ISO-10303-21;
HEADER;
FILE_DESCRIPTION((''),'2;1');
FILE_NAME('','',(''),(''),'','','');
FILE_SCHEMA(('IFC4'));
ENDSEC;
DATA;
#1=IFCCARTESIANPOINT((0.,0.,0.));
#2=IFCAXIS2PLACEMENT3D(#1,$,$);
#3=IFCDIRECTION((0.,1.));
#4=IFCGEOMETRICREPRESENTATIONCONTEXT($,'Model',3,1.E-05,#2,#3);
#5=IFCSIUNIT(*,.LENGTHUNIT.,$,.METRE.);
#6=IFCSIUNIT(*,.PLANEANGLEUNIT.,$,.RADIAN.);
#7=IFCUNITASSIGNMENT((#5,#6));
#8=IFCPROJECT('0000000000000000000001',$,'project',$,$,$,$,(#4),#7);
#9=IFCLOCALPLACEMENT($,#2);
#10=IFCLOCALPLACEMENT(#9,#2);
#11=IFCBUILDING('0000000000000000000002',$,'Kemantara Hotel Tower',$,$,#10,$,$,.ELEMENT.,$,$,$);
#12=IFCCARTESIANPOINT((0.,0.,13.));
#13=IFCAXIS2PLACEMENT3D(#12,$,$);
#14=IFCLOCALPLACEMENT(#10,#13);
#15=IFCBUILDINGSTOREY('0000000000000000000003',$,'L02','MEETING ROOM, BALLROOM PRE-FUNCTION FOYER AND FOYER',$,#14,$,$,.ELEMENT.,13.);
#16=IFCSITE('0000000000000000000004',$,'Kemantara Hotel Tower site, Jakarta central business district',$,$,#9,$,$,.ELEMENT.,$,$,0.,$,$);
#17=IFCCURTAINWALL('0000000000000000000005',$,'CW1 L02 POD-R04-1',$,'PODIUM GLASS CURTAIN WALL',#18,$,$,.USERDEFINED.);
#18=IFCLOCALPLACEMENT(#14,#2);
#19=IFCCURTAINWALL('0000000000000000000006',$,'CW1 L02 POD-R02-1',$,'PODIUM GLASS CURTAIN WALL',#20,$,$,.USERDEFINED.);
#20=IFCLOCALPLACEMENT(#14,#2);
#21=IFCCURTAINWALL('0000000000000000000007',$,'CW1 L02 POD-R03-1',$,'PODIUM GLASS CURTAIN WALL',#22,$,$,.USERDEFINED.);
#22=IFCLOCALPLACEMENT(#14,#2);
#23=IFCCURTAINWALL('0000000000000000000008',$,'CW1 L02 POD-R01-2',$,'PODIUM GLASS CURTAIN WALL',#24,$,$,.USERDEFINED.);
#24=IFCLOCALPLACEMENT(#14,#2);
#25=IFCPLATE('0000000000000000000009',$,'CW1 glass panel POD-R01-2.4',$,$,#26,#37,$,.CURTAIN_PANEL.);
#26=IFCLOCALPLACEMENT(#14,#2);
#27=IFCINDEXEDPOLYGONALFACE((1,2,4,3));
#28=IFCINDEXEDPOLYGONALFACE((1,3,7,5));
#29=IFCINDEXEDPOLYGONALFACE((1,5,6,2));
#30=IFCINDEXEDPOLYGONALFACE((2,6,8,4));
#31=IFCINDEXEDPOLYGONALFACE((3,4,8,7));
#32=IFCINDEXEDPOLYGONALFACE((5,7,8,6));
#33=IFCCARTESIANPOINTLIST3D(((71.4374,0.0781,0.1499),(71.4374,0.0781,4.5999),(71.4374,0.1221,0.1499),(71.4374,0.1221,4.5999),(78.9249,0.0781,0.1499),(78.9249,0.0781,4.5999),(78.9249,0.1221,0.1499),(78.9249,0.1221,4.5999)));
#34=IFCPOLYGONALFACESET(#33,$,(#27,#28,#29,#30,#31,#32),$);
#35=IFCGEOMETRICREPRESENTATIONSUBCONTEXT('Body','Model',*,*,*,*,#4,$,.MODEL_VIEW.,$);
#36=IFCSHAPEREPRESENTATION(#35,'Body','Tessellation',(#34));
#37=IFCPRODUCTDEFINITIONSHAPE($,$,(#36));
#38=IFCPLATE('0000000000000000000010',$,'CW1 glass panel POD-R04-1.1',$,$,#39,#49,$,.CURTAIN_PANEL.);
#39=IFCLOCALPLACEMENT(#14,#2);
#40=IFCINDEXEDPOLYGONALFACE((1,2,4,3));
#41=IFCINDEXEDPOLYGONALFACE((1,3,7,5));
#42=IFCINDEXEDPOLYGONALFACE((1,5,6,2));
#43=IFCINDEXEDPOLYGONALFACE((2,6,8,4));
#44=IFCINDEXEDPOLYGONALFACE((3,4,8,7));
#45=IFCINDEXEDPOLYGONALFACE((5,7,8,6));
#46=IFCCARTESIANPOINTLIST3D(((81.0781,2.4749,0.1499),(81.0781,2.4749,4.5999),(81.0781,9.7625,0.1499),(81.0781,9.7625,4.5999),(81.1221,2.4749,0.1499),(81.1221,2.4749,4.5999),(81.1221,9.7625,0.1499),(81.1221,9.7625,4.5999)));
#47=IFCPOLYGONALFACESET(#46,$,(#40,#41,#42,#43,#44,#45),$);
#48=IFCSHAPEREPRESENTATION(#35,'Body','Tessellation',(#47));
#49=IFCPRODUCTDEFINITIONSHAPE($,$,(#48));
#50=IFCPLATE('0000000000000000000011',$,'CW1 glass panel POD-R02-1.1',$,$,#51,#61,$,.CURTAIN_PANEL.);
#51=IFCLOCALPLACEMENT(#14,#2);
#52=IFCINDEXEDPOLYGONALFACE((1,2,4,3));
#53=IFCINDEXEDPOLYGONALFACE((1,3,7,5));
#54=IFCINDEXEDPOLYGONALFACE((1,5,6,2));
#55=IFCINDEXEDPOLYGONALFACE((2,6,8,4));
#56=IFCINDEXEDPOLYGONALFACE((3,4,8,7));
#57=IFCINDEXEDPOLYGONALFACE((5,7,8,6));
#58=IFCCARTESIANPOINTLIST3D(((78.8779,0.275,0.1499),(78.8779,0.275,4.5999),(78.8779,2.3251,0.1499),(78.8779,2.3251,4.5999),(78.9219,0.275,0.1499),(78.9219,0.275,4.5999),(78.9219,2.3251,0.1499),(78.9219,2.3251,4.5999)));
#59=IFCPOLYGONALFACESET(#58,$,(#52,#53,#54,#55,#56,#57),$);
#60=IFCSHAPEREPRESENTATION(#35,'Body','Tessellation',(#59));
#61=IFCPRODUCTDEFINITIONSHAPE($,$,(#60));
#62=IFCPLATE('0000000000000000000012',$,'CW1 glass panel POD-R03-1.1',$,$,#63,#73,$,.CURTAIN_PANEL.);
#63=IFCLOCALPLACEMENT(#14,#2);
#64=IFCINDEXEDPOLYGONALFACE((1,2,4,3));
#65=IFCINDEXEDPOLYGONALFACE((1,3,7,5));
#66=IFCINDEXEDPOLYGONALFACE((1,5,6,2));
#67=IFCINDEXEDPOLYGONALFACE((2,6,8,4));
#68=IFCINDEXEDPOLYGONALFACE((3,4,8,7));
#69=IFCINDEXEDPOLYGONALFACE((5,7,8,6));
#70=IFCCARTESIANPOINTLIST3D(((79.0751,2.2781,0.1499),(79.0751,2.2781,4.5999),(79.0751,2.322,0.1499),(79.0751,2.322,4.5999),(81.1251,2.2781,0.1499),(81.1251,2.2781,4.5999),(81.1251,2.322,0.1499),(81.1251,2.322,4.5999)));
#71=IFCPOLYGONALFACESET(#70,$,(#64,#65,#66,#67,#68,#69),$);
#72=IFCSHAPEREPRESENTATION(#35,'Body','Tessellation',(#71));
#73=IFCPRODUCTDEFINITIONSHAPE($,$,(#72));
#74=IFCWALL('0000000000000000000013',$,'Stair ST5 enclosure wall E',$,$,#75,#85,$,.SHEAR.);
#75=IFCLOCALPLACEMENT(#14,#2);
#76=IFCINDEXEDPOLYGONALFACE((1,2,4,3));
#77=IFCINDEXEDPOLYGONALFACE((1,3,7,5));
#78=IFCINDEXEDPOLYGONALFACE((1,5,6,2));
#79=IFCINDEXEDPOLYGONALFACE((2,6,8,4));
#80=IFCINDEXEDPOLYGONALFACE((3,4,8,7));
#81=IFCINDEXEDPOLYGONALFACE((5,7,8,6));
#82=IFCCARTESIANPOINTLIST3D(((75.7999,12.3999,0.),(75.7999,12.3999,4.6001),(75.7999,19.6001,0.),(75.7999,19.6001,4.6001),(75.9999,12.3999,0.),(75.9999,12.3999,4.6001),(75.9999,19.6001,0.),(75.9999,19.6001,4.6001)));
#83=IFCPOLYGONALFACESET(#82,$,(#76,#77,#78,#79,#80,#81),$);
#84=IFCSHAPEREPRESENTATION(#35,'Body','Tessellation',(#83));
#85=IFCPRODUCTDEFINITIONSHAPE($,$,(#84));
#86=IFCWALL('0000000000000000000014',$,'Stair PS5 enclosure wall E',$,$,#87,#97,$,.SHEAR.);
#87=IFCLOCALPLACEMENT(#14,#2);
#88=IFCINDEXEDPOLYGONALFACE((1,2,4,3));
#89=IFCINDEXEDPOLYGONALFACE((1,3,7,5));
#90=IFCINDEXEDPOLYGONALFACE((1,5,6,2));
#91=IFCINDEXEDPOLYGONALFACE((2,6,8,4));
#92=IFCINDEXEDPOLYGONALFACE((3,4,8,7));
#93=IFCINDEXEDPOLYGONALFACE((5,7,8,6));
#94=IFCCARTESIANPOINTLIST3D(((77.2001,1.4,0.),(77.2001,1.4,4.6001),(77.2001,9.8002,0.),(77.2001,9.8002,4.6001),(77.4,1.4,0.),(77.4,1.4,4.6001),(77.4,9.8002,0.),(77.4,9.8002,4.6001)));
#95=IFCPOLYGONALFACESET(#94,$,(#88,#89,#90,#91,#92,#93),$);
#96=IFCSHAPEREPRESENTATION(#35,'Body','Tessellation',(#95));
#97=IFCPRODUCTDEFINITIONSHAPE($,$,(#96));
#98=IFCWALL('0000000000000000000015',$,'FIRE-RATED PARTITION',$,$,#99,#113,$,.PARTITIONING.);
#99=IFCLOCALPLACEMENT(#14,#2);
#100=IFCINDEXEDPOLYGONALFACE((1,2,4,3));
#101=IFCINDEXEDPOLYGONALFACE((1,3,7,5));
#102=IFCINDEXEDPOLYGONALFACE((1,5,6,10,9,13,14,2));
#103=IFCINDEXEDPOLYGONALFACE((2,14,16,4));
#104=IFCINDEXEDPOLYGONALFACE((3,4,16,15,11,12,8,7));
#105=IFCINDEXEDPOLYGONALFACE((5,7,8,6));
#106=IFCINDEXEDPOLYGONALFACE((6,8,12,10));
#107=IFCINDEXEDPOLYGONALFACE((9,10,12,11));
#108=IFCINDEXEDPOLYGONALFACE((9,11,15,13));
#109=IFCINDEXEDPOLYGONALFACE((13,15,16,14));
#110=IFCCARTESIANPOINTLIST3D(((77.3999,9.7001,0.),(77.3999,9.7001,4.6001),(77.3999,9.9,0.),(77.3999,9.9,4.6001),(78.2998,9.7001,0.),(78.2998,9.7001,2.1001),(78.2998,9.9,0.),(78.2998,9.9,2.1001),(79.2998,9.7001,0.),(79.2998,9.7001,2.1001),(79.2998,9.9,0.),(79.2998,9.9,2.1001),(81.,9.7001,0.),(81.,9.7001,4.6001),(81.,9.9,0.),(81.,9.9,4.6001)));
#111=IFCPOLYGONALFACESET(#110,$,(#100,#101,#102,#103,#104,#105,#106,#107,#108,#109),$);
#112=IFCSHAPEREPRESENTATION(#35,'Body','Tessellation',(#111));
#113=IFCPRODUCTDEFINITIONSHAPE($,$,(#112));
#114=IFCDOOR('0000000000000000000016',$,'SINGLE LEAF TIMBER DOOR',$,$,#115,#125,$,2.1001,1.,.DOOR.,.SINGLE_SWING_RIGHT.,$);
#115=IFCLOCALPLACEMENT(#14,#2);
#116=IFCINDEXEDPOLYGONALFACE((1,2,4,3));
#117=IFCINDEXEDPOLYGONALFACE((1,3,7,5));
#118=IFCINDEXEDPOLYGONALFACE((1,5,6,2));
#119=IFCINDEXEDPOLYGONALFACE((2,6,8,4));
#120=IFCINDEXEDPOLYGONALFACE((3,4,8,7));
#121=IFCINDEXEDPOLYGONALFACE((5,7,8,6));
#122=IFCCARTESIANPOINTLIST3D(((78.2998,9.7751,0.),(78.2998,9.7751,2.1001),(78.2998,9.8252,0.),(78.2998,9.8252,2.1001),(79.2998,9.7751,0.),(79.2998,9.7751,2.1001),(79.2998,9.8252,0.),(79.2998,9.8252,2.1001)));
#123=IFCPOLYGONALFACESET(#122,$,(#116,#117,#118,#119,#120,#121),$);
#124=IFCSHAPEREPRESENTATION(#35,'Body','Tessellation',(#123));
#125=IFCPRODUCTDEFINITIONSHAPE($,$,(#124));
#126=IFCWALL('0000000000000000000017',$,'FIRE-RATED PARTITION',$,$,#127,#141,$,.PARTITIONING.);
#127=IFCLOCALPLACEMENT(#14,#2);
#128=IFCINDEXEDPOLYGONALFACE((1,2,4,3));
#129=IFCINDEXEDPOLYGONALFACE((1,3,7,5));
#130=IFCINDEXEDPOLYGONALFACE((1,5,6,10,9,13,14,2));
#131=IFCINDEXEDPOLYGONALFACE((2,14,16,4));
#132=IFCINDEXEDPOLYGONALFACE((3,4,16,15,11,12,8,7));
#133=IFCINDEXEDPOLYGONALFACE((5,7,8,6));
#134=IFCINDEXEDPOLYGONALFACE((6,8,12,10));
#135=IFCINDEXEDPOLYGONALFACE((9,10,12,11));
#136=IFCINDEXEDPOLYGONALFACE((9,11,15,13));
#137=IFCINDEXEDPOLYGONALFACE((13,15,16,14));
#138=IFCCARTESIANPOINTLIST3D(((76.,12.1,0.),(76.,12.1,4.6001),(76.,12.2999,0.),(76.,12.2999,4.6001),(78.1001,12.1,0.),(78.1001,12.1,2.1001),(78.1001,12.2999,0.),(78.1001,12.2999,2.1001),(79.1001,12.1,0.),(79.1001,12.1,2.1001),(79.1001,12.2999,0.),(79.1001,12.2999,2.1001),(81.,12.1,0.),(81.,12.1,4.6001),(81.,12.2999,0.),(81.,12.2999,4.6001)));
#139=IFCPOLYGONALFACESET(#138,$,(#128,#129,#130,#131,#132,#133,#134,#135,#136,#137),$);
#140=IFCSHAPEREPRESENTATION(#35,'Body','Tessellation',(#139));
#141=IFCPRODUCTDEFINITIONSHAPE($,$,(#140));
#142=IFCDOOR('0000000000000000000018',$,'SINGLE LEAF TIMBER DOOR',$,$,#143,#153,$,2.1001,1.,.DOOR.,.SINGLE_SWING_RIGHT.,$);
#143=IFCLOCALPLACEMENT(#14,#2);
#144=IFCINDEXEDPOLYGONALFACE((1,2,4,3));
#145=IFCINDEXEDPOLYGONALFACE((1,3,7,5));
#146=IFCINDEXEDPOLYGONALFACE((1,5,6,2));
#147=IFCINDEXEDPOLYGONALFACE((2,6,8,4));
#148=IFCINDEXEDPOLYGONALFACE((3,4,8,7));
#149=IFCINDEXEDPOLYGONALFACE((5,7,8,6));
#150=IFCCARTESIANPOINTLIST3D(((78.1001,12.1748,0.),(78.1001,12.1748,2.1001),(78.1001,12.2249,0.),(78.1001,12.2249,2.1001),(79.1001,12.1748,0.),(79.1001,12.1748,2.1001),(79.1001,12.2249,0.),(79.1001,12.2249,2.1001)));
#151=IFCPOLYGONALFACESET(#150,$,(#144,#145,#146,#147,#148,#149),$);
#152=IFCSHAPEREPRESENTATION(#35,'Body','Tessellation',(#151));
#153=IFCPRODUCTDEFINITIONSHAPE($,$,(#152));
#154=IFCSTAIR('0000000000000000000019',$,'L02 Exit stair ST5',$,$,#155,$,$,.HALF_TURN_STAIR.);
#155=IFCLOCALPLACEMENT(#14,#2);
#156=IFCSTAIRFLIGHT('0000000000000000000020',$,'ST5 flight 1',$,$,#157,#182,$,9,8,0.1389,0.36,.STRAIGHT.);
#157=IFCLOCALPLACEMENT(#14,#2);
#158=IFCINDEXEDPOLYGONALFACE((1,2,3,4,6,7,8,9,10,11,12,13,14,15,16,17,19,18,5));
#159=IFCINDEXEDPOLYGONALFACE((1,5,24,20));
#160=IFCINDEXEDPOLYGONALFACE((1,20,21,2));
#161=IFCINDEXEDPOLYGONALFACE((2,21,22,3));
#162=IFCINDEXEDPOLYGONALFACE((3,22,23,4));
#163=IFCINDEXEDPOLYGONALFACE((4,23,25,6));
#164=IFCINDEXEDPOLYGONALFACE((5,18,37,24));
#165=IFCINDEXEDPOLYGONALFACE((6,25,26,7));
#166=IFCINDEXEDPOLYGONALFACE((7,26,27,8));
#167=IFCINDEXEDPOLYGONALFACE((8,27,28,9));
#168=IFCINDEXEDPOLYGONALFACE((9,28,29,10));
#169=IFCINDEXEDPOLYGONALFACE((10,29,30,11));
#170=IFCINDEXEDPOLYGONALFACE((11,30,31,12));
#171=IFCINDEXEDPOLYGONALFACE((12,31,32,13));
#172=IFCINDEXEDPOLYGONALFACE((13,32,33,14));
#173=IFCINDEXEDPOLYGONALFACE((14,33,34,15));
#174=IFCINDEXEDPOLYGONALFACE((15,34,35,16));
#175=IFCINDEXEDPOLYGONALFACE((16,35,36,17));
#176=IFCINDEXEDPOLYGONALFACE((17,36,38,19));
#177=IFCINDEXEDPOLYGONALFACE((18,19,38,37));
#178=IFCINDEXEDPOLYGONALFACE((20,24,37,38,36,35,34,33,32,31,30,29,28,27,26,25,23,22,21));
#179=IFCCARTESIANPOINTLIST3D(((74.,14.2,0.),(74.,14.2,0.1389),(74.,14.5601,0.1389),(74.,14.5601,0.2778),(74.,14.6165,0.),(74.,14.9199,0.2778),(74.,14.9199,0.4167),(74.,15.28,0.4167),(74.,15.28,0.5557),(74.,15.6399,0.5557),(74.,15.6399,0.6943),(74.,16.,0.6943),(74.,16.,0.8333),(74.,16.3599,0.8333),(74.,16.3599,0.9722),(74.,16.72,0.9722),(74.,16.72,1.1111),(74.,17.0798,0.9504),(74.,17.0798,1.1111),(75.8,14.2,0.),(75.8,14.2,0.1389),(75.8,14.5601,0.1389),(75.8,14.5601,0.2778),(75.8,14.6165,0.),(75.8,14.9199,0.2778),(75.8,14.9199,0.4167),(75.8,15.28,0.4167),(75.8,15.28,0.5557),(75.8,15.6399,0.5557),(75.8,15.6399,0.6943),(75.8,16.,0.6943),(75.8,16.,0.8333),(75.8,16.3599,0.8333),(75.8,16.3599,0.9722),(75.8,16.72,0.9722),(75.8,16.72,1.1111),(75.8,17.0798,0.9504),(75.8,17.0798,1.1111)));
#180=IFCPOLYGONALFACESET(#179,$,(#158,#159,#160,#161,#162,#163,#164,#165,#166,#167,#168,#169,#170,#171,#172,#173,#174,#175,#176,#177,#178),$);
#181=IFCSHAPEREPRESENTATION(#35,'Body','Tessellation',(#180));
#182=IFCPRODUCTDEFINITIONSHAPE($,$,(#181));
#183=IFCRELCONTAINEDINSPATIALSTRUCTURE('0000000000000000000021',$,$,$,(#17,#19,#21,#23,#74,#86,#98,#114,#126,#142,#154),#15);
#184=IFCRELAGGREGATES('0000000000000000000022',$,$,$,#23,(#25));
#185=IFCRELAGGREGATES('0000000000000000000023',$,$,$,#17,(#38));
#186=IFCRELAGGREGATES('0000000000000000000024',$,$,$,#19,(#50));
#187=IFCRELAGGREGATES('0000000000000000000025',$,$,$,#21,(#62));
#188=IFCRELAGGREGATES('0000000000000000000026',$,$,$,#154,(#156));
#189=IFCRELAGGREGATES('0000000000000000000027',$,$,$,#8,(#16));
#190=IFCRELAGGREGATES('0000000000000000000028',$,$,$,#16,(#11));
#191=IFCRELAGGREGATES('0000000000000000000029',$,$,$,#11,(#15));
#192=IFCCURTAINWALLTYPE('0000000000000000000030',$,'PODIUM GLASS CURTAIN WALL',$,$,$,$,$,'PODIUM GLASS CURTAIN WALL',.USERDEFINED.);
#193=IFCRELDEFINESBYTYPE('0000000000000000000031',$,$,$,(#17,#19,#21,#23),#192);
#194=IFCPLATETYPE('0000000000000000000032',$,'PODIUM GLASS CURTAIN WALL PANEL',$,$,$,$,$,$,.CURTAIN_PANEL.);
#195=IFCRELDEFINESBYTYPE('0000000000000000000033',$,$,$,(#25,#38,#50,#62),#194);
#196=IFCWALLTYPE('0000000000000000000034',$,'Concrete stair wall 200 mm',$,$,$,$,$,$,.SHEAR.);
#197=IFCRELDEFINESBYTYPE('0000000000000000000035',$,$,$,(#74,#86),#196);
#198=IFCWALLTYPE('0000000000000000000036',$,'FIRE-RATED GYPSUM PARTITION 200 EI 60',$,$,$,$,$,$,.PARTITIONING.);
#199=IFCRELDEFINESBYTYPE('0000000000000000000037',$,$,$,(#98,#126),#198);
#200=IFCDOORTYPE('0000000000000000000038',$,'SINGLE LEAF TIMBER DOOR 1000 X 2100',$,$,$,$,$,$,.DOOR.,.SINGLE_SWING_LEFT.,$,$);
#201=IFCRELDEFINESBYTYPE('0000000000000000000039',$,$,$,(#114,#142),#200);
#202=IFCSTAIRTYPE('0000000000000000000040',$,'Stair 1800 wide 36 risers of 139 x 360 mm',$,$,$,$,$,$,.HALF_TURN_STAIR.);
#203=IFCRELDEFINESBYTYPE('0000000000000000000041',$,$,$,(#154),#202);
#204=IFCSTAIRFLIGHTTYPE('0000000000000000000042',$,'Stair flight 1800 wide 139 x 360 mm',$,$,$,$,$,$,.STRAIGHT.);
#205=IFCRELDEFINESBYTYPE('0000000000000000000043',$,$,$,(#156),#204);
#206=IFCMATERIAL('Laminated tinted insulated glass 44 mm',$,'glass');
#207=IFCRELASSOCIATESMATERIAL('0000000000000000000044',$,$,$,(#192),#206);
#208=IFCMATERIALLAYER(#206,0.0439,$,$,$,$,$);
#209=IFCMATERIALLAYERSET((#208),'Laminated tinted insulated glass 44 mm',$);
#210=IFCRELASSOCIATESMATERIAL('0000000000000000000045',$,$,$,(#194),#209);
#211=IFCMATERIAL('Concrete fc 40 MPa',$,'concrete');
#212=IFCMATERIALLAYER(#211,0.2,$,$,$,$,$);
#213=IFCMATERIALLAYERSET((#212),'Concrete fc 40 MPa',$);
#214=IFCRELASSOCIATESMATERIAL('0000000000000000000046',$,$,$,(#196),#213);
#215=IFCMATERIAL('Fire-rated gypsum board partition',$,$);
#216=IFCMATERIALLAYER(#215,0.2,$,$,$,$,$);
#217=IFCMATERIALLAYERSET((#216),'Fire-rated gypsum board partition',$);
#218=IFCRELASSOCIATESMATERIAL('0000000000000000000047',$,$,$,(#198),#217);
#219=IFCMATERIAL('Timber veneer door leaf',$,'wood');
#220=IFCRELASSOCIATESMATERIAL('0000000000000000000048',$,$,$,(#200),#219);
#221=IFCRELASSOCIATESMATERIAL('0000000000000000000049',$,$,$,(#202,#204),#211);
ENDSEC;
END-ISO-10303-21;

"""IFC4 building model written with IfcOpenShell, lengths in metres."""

from ifc_helpers import new_model, si_unit, direction, frame, frame_2d, origin, origin_2d, place, context, subcontext, project, spatial, polyline, rectangle, outline, extrude, source, transform, mapped, material, layer, layer_set, type_object, element, fill, aggregate, save


model = new_model("IFC4")

# Units and contexts
model_context = context("Model", 3, precision=1e-05, world=origin(), true_north=direction((0.0, 1.0)))
body_context = subcontext(model_context, "Body", "Model", "MODEL_VIEW")
ifc_project = project(units=[si_unit("LENGTHUNIT", "METRE"), si_unit("PLANEANGLEUNIT", "RADIAN")], contexts=[model_context])

# Site, building, storey
site_placement = place(None, origin())
site = spatial("IfcSite", under=ifc_project, at=site_placement, Name="Kemantara Hotel Tower site, Jakarta central business district", CompositionType="ELEMENT", RefElevation=0.0)
building_placement = place(site_placement, origin())
building = spatial("IfcBuilding", under=site, at=building_placement, Name="Kemantara Hotel Tower", CompositionType="ELEMENT")
storey_placement = place(building_placement, frame((0.0, 0.0, 13.0)))
storey = spatial("IfcBuildingStorey", under=building, at=storey_placement, Name="L02", Description="MEETING ROOM, BALLROOM PRE-FUNCTION FOYER AND FOYER", CompositionType="ELEMENT", Elevation=13.0)

# Curtain walls
ifc_material_1 = material(Name="Laminated tinted insulated glass 44 mm", Category="glass")
curtain_wall_type = type_object("IfcCurtainWallType", Name="PODIUM GLASS CURTAIN WALL", ElementType="PODIUM GLASS CURTAIN WALL", PredefinedType="USERDEFINED", material=ifc_material_1)
curtain_wall_1_placement = place(storey_placement, origin())
curtain_wall_1 = element("IfcCurtainWall", 1, at=curtain_wall_1_placement, inside=storey, type_object=curtain_wall_type, Name="CW1 L02 POD-R04-1", ObjectType="PODIUM GLASS CURTAIN WALL", PredefinedType="USERDEFINED")
curtain_wall_2_placement = place(storey_placement, origin())
curtain_wall_2 = element("IfcCurtainWall", 2, at=curtain_wall_2_placement, inside=storey, type_object=curtain_wall_type, Name="CW1 L02 POD-R02-1", ObjectType="PODIUM GLASS CURTAIN WALL", PredefinedType="USERDEFINED")
curtain_wall_3_placement = place(storey_placement, origin())
curtain_wall_3 = element("IfcCurtainWall", 3, at=curtain_wall_3_placement, inside=storey, type_object=curtain_wall_type, Name="CW1 L02 POD-R03-1", ObjectType="PODIUM GLASS CURTAIN WALL", PredefinedType="USERDEFINED")
curtain_wall_4_placement = place(storey_placement, origin())
curtain_wall_4 = element("IfcCurtainWall", 4, at=curtain_wall_4_placement, inside=storey, type_object=curtain_wall_type, Name="CW1 L02 POD-R01-2", ObjectType="PODIUM GLASS CURTAIN WALL", PredefinedType="USERDEFINED")

# Plates
ifc_layer_1 = layer(ifc_material_1, 0.0439)
ifc_layer_set_1 = layer_set([ifc_layer_1], Name="Laminated tinted insulated glass 44 mm")
plate_type = type_object("IfcPlateType", Name="PODIUM GLASS CURTAIN WALL PANEL", PredefinedType="CURTAIN_PANEL", material=ifc_layer_set_1)
shared_shape_1 = source(origin(), body_context, "Body", "SweptSolid", [
    extrude(rectangle(XDim=7.4875, YDim=0.0439, at=origin_2d()), origin(), (0.0, 0.0, 1.0), 4.45),
])
plate_1_placement = place(storey_placement, frame((75.1812, 0.1001, 0.1499), z_axis=(0.0, 0.0, 1.0), x_axis=(1.0, 0.0, 0.0)))
plate_1 = element("IfcPlate", 5, at=plate_1_placement, type_object=plate_type, Name="CW1 glass panel POD-R01-2.4", PredefinedType="CURTAIN_PANEL", context=body_context, shape_type="MappedRepresentation", body=[
    mapped(shared_shape_1, transform((0.0, 0.0, 0.0))),
])
aggregate(curtain_wall_4, [plate_1])
shared_shape_2 = source(origin(), body_context, "Body", "SweptSolid", [
    extrude(rectangle(XDim=7.2876, YDim=0.0439, at=origin_2d()), origin(), (0.0, 0.0, 1.0), 4.45),
])
plate_2_placement = place(storey_placement, frame((81.1001, 6.1187, 0.1499), z_axis=(0.0, 0.0, 1.0), x_axis=(0.0, 1.0, 0.0)))
plate_2 = element("IfcPlate", 6, at=plate_2_placement, type_object=plate_type, Name="CW1 glass panel POD-R04-1.1", PredefinedType="CURTAIN_PANEL", context=body_context, shape_type="MappedRepresentation", body=[
    mapped(shared_shape_2, transform((0.0, 0.0, 0.0))),
])
aggregate(curtain_wall_1, [plate_2])
shared_shape_3 = source(origin(), body_context, "Body", "SweptSolid", [
    extrude(rectangle(XDim=2.05, YDim=0.0439, at=origin_2d()), origin(), (0.0, 0.0, 1.0), 4.45),
])
plate_3_placement = place(storey_placement, frame((78.8999, 1.3, 0.1499), z_axis=(0.0, 0.0, 1.0), x_axis=(0.0, 1.0, 0.0)))
plate_3 = element("IfcPlate", 7, at=plate_3_placement, type_object=plate_type, Name="CW1 glass panel POD-R02-1.1", PredefinedType="CURTAIN_PANEL", context=body_context, shape_type="MappedRepresentation", body=[
    mapped(shared_shape_3, transform((0.0, 0.0, 0.0))),
])
aggregate(curtain_wall_2, [plate_3])
plate_4_placement = place(storey_placement, frame((80.1001, 2.3, 0.1499), z_axis=(0.0, 0.0, 1.0), x_axis=(1.0, 0.0, 0.0)))
plate_4 = element("IfcPlate", 8, at=plate_4_placement, type_object=plate_type, Name="CW1 glass panel POD-R03-1.1", PredefinedType="CURTAIN_PANEL", context=body_context, shape_type="MappedRepresentation", body=[
    mapped(shared_shape_3, transform((0.0, 0.0, 0.0))),
])
aggregate(curtain_wall_3, [plate_4])

# Walls
ifc_material_2 = material(Name="Concrete fc 40 MPa", Category="concrete")
ifc_layer_2 = layer(ifc_material_2, 0.2)
ifc_layer_set_2 = layer_set([ifc_layer_2], Name="Concrete fc 40 MPa")
wall_type_1 = type_object("IfcWallType", Name="Concrete stair wall 200 mm", PredefinedType="SHEAR", material=ifc_layer_set_2)
wall_1_placement = place(storey_placement, frame((75.8999, 12.3999, 0.0), z_axis=(0.0, 0.0, 1.0), x_axis=(0.0, 1.0, 0.0)))
element("IfcWall", 9, at=wall_1_placement, inside=storey, type_object=wall_type_1, Name="Stair ST5 enclosure wall E", PredefinedType="SHEAR", context=body_context, shape_type="SweptSolid", body=[
    extrude(rectangle(XDim=7.2002, YDim=0.2, at=frame_2d((3.6001, 0.0))), origin(), (0.0, 0.0, 1.0), 4.6001),
])
wall_2_placement = place(storey_placement, frame((77.3, 1.3999, 0.0), z_axis=(0.0, 0.0, 1.0), x_axis=(0.0, 1.0, 0.0)))
element("IfcWall", 10, at=wall_2_placement, inside=storey, type_object=wall_type_1, Name="Stair PS5 enclosure wall E", PredefinedType="SHEAR", context=body_context, shape_type="SweptSolid", body=[
    extrude(rectangle(XDim=8.4001, YDim=0.2, at=frame_2d((4.2002, 0.0))), origin(), (0.0, 0.0, 1.0), 4.6001),
])

# Walls, openings, doors
ifc_material_3 = material(Name="Fire-rated gypsum board partition")
ifc_layer_3 = layer(ifc_material_3, 0.2)
ifc_layer_set_3 = layer_set([ifc_layer_3], Name="Fire-rated gypsum board partition")
wall_type_2 = type_object("IfcWallType", Name="FIRE-RATED GYPSUM PARTITION 200 EI 60", PredefinedType="PARTITIONING", material=ifc_layer_set_3)
wall_3_placement = place(storey_placement, frame((77.3999, 9.8, 0.0), z_axis=(0.0, 0.0, 1.0), x_axis=(1.0, 0.0, 0.0)))
wall_3 = element("IfcWall", 11, at=wall_3_placement, inside=storey, type_object=wall_type_2, Name="FIRE-RATED PARTITION", PredefinedType="PARTITIONING", context=body_context, shape_type="SweptSolid", body=[
    extrude(rectangle(XDim=3.6001, YDim=0.2, at=frame_2d((1.8, 0.0))), origin(), (0.0, 0.0, 1.0), 4.6001),
])
opening_1_placement = place(wall_3_placement, frame((0.8999, 0.0, 0.0)))
opening_1 = element("IfcOpeningElement", 12, at=opening_1_placement, cuts=wall_3, PredefinedType="OPENING", context=body_context, shape_type="SweptSolid", body=[
    extrude(rectangle(XDim=1.0, YDim=2.1001, at=frame_2d((0.5, 1.05))), frame((0.0, 0.1099, 0.0), z_axis=(0.0, -1.0, 0.0), x_axis=(1.0, 0.0, 0.0)), (0.0, 0.0, 1.0), 0.22),
])
ifc_material_4 = material(Name="Timber veneer door leaf", Category="wood")
door_type = type_object("IfcDoorType", Name="SINGLE LEAF TIMBER DOOR 1000 X 2100", OperationType="SINGLE_SWING_LEFT", PredefinedType="DOOR", material=ifc_material_4)
door_1_placement = place(opening_1_placement, frame((1.0, 0.0, 0.0), z_axis=(0.0, 0.0, 1.0), x_axis=(-1.0, 0.0, 0.0)))
door_1 = element("IfcDoor", 13, at=door_1_placement, inside=storey, type_object=door_type, Name="SINGLE LEAF TIMBER DOOR", OperationType="SINGLE_SWING_RIGHT", OverallHeight=2.1001, OverallWidth=1.0, PredefinedType="DOOR", context=body_context, shape_type="SweptSolid", body=[
    extrude(rectangle(XDim=1.0, YDim=2.1001, at=frame_2d((0.5, 1.05))), frame((0.0, 0.0249, 0.0), z_axis=(0.0, -1.0, 0.0), x_axis=(1.0, 0.0, 0.0)), (0.0, 0.0, 1.0), 0.05),
])
fill(opening_1, door_1)
wall_4_placement = place(storey_placement, frame((76.0, 12.2, 0.0), z_axis=(0.0, 0.0, 1.0), x_axis=(1.0, 0.0, 0.0)))
wall_4 = element("IfcWall", 14, at=wall_4_placement, inside=storey, type_object=wall_type_2, Name="FIRE-RATED PARTITION", PredefinedType="PARTITIONING", context=body_context, shape_type="SweptSolid", body=[
    extrude(rectangle(XDim=5.0, YDim=0.2, at=frame_2d((2.5, 0.0))), origin(), (0.0, 0.0, 1.0), 4.6001),
])
opening_2_placement = place(wall_4_placement, frame((2.1001, 0.0, 0.0)))
opening_2 = element("IfcOpeningElement", 15, at=opening_2_placement, cuts=wall_4, PredefinedType="OPENING", context=body_context, shape_type="SweptSolid", body=[
    extrude(rectangle(XDim=1.0, YDim=2.1001, at=frame_2d((0.5, 1.05))), frame((0.0, 0.1099, 0.0), z_axis=(0.0, -1.0, 0.0), x_axis=(1.0, 0.0, 0.0)), (0.0, 0.0, 1.0), 0.22),
])
door_2_placement = place(opening_2_placement, origin())
door_2 = element("IfcDoor", 16, at=door_2_placement, inside=storey, type_object=door_type, Name="SINGLE LEAF TIMBER DOOR", OperationType="SINGLE_SWING_RIGHT", OverallHeight=2.1001, OverallWidth=1.0, PredefinedType="DOOR", context=body_context, shape_type="SweptSolid", body=[
    extrude(rectangle(XDim=1.0, YDim=2.1001, at=frame_2d((0.5, 1.05))), frame((0.0, 0.0249, 0.0), z_axis=(0.0, -1.0, 0.0), x_axis=(1.0, 0.0, 0.0)), (0.0, 0.0, 1.0), 0.05),
])
fill(opening_2, door_2)

# Stair, stair flight
stair_type_1 = type_object("IfcStairType", Name="Stair 1800 wide 36 risers of 139 x 360 mm", PredefinedType="HALF_TURN_STAIR", material=ifc_material_2)
stair_1_placement = place(storey_placement, origin())
stair_1 = element("IfcStair", 17, at=stair_1_placement, inside=storey, type_object=stair_type_1, Name="L02 Exit stair ST5", PredefinedType="HALF_TURN_STAIR")
stair_flight_type_1 = type_object("IfcStairFlightType", Name="Stair flight 1800 wide 139 x 360 mm", PredefinedType="STRAIGHT", material=ifc_material_2)
stair_flight_1_placement = place(storey_placement, frame((74.8999, 14.2, 0.0), z_axis=(0.0, 0.0, 1.0), x_axis=(0.0, 1.0, 0.0)))
stair_flight_1 = element("IfcStairFlight", 18, at=stair_flight_1_placement, type_object=stair_flight_type_1, Name="ST5 flight 1", NumberOfRisers=9, NumberOfTreads=8, PredefinedType="STRAIGHT", RiserHeight=0.1389, TreadLength=0.36, context=body_context, shape_type="SweptSolid", body=[
    extrude(outline(polyline([(0.0, 0.0), (0.0, 0.1389), (0.3601, 0.1389), (0.3601, 0.2778), (0.72, 0.2778), (0.72, 0.4167), (1.0801, 0.4167), (1.0801, 0.5557), (1.4399, 0.5557), (1.4399, 0.6943), (1.8, 0.6943), (1.8, 0.8333), (2.1599, 0.8333), (2.1599, 0.9722), (2.52, 0.9722), (2.52, 1.1111), (2.8799, 1.1111), (2.8799, 1.25), (2.8799, 0.9504), (0.4165, 0.0), (0.0, 0.0)])), frame((0.0, 0.8999, 0.0), z_axis=(0.0, -1.0, 0.0), x_axis=(1.0, 0.0, 0.0)), (0.0, 0.0, 1.0), 1.8),
])
aggregate(stair_1, [stair_flight_1])

save(model, "model.ifc")
